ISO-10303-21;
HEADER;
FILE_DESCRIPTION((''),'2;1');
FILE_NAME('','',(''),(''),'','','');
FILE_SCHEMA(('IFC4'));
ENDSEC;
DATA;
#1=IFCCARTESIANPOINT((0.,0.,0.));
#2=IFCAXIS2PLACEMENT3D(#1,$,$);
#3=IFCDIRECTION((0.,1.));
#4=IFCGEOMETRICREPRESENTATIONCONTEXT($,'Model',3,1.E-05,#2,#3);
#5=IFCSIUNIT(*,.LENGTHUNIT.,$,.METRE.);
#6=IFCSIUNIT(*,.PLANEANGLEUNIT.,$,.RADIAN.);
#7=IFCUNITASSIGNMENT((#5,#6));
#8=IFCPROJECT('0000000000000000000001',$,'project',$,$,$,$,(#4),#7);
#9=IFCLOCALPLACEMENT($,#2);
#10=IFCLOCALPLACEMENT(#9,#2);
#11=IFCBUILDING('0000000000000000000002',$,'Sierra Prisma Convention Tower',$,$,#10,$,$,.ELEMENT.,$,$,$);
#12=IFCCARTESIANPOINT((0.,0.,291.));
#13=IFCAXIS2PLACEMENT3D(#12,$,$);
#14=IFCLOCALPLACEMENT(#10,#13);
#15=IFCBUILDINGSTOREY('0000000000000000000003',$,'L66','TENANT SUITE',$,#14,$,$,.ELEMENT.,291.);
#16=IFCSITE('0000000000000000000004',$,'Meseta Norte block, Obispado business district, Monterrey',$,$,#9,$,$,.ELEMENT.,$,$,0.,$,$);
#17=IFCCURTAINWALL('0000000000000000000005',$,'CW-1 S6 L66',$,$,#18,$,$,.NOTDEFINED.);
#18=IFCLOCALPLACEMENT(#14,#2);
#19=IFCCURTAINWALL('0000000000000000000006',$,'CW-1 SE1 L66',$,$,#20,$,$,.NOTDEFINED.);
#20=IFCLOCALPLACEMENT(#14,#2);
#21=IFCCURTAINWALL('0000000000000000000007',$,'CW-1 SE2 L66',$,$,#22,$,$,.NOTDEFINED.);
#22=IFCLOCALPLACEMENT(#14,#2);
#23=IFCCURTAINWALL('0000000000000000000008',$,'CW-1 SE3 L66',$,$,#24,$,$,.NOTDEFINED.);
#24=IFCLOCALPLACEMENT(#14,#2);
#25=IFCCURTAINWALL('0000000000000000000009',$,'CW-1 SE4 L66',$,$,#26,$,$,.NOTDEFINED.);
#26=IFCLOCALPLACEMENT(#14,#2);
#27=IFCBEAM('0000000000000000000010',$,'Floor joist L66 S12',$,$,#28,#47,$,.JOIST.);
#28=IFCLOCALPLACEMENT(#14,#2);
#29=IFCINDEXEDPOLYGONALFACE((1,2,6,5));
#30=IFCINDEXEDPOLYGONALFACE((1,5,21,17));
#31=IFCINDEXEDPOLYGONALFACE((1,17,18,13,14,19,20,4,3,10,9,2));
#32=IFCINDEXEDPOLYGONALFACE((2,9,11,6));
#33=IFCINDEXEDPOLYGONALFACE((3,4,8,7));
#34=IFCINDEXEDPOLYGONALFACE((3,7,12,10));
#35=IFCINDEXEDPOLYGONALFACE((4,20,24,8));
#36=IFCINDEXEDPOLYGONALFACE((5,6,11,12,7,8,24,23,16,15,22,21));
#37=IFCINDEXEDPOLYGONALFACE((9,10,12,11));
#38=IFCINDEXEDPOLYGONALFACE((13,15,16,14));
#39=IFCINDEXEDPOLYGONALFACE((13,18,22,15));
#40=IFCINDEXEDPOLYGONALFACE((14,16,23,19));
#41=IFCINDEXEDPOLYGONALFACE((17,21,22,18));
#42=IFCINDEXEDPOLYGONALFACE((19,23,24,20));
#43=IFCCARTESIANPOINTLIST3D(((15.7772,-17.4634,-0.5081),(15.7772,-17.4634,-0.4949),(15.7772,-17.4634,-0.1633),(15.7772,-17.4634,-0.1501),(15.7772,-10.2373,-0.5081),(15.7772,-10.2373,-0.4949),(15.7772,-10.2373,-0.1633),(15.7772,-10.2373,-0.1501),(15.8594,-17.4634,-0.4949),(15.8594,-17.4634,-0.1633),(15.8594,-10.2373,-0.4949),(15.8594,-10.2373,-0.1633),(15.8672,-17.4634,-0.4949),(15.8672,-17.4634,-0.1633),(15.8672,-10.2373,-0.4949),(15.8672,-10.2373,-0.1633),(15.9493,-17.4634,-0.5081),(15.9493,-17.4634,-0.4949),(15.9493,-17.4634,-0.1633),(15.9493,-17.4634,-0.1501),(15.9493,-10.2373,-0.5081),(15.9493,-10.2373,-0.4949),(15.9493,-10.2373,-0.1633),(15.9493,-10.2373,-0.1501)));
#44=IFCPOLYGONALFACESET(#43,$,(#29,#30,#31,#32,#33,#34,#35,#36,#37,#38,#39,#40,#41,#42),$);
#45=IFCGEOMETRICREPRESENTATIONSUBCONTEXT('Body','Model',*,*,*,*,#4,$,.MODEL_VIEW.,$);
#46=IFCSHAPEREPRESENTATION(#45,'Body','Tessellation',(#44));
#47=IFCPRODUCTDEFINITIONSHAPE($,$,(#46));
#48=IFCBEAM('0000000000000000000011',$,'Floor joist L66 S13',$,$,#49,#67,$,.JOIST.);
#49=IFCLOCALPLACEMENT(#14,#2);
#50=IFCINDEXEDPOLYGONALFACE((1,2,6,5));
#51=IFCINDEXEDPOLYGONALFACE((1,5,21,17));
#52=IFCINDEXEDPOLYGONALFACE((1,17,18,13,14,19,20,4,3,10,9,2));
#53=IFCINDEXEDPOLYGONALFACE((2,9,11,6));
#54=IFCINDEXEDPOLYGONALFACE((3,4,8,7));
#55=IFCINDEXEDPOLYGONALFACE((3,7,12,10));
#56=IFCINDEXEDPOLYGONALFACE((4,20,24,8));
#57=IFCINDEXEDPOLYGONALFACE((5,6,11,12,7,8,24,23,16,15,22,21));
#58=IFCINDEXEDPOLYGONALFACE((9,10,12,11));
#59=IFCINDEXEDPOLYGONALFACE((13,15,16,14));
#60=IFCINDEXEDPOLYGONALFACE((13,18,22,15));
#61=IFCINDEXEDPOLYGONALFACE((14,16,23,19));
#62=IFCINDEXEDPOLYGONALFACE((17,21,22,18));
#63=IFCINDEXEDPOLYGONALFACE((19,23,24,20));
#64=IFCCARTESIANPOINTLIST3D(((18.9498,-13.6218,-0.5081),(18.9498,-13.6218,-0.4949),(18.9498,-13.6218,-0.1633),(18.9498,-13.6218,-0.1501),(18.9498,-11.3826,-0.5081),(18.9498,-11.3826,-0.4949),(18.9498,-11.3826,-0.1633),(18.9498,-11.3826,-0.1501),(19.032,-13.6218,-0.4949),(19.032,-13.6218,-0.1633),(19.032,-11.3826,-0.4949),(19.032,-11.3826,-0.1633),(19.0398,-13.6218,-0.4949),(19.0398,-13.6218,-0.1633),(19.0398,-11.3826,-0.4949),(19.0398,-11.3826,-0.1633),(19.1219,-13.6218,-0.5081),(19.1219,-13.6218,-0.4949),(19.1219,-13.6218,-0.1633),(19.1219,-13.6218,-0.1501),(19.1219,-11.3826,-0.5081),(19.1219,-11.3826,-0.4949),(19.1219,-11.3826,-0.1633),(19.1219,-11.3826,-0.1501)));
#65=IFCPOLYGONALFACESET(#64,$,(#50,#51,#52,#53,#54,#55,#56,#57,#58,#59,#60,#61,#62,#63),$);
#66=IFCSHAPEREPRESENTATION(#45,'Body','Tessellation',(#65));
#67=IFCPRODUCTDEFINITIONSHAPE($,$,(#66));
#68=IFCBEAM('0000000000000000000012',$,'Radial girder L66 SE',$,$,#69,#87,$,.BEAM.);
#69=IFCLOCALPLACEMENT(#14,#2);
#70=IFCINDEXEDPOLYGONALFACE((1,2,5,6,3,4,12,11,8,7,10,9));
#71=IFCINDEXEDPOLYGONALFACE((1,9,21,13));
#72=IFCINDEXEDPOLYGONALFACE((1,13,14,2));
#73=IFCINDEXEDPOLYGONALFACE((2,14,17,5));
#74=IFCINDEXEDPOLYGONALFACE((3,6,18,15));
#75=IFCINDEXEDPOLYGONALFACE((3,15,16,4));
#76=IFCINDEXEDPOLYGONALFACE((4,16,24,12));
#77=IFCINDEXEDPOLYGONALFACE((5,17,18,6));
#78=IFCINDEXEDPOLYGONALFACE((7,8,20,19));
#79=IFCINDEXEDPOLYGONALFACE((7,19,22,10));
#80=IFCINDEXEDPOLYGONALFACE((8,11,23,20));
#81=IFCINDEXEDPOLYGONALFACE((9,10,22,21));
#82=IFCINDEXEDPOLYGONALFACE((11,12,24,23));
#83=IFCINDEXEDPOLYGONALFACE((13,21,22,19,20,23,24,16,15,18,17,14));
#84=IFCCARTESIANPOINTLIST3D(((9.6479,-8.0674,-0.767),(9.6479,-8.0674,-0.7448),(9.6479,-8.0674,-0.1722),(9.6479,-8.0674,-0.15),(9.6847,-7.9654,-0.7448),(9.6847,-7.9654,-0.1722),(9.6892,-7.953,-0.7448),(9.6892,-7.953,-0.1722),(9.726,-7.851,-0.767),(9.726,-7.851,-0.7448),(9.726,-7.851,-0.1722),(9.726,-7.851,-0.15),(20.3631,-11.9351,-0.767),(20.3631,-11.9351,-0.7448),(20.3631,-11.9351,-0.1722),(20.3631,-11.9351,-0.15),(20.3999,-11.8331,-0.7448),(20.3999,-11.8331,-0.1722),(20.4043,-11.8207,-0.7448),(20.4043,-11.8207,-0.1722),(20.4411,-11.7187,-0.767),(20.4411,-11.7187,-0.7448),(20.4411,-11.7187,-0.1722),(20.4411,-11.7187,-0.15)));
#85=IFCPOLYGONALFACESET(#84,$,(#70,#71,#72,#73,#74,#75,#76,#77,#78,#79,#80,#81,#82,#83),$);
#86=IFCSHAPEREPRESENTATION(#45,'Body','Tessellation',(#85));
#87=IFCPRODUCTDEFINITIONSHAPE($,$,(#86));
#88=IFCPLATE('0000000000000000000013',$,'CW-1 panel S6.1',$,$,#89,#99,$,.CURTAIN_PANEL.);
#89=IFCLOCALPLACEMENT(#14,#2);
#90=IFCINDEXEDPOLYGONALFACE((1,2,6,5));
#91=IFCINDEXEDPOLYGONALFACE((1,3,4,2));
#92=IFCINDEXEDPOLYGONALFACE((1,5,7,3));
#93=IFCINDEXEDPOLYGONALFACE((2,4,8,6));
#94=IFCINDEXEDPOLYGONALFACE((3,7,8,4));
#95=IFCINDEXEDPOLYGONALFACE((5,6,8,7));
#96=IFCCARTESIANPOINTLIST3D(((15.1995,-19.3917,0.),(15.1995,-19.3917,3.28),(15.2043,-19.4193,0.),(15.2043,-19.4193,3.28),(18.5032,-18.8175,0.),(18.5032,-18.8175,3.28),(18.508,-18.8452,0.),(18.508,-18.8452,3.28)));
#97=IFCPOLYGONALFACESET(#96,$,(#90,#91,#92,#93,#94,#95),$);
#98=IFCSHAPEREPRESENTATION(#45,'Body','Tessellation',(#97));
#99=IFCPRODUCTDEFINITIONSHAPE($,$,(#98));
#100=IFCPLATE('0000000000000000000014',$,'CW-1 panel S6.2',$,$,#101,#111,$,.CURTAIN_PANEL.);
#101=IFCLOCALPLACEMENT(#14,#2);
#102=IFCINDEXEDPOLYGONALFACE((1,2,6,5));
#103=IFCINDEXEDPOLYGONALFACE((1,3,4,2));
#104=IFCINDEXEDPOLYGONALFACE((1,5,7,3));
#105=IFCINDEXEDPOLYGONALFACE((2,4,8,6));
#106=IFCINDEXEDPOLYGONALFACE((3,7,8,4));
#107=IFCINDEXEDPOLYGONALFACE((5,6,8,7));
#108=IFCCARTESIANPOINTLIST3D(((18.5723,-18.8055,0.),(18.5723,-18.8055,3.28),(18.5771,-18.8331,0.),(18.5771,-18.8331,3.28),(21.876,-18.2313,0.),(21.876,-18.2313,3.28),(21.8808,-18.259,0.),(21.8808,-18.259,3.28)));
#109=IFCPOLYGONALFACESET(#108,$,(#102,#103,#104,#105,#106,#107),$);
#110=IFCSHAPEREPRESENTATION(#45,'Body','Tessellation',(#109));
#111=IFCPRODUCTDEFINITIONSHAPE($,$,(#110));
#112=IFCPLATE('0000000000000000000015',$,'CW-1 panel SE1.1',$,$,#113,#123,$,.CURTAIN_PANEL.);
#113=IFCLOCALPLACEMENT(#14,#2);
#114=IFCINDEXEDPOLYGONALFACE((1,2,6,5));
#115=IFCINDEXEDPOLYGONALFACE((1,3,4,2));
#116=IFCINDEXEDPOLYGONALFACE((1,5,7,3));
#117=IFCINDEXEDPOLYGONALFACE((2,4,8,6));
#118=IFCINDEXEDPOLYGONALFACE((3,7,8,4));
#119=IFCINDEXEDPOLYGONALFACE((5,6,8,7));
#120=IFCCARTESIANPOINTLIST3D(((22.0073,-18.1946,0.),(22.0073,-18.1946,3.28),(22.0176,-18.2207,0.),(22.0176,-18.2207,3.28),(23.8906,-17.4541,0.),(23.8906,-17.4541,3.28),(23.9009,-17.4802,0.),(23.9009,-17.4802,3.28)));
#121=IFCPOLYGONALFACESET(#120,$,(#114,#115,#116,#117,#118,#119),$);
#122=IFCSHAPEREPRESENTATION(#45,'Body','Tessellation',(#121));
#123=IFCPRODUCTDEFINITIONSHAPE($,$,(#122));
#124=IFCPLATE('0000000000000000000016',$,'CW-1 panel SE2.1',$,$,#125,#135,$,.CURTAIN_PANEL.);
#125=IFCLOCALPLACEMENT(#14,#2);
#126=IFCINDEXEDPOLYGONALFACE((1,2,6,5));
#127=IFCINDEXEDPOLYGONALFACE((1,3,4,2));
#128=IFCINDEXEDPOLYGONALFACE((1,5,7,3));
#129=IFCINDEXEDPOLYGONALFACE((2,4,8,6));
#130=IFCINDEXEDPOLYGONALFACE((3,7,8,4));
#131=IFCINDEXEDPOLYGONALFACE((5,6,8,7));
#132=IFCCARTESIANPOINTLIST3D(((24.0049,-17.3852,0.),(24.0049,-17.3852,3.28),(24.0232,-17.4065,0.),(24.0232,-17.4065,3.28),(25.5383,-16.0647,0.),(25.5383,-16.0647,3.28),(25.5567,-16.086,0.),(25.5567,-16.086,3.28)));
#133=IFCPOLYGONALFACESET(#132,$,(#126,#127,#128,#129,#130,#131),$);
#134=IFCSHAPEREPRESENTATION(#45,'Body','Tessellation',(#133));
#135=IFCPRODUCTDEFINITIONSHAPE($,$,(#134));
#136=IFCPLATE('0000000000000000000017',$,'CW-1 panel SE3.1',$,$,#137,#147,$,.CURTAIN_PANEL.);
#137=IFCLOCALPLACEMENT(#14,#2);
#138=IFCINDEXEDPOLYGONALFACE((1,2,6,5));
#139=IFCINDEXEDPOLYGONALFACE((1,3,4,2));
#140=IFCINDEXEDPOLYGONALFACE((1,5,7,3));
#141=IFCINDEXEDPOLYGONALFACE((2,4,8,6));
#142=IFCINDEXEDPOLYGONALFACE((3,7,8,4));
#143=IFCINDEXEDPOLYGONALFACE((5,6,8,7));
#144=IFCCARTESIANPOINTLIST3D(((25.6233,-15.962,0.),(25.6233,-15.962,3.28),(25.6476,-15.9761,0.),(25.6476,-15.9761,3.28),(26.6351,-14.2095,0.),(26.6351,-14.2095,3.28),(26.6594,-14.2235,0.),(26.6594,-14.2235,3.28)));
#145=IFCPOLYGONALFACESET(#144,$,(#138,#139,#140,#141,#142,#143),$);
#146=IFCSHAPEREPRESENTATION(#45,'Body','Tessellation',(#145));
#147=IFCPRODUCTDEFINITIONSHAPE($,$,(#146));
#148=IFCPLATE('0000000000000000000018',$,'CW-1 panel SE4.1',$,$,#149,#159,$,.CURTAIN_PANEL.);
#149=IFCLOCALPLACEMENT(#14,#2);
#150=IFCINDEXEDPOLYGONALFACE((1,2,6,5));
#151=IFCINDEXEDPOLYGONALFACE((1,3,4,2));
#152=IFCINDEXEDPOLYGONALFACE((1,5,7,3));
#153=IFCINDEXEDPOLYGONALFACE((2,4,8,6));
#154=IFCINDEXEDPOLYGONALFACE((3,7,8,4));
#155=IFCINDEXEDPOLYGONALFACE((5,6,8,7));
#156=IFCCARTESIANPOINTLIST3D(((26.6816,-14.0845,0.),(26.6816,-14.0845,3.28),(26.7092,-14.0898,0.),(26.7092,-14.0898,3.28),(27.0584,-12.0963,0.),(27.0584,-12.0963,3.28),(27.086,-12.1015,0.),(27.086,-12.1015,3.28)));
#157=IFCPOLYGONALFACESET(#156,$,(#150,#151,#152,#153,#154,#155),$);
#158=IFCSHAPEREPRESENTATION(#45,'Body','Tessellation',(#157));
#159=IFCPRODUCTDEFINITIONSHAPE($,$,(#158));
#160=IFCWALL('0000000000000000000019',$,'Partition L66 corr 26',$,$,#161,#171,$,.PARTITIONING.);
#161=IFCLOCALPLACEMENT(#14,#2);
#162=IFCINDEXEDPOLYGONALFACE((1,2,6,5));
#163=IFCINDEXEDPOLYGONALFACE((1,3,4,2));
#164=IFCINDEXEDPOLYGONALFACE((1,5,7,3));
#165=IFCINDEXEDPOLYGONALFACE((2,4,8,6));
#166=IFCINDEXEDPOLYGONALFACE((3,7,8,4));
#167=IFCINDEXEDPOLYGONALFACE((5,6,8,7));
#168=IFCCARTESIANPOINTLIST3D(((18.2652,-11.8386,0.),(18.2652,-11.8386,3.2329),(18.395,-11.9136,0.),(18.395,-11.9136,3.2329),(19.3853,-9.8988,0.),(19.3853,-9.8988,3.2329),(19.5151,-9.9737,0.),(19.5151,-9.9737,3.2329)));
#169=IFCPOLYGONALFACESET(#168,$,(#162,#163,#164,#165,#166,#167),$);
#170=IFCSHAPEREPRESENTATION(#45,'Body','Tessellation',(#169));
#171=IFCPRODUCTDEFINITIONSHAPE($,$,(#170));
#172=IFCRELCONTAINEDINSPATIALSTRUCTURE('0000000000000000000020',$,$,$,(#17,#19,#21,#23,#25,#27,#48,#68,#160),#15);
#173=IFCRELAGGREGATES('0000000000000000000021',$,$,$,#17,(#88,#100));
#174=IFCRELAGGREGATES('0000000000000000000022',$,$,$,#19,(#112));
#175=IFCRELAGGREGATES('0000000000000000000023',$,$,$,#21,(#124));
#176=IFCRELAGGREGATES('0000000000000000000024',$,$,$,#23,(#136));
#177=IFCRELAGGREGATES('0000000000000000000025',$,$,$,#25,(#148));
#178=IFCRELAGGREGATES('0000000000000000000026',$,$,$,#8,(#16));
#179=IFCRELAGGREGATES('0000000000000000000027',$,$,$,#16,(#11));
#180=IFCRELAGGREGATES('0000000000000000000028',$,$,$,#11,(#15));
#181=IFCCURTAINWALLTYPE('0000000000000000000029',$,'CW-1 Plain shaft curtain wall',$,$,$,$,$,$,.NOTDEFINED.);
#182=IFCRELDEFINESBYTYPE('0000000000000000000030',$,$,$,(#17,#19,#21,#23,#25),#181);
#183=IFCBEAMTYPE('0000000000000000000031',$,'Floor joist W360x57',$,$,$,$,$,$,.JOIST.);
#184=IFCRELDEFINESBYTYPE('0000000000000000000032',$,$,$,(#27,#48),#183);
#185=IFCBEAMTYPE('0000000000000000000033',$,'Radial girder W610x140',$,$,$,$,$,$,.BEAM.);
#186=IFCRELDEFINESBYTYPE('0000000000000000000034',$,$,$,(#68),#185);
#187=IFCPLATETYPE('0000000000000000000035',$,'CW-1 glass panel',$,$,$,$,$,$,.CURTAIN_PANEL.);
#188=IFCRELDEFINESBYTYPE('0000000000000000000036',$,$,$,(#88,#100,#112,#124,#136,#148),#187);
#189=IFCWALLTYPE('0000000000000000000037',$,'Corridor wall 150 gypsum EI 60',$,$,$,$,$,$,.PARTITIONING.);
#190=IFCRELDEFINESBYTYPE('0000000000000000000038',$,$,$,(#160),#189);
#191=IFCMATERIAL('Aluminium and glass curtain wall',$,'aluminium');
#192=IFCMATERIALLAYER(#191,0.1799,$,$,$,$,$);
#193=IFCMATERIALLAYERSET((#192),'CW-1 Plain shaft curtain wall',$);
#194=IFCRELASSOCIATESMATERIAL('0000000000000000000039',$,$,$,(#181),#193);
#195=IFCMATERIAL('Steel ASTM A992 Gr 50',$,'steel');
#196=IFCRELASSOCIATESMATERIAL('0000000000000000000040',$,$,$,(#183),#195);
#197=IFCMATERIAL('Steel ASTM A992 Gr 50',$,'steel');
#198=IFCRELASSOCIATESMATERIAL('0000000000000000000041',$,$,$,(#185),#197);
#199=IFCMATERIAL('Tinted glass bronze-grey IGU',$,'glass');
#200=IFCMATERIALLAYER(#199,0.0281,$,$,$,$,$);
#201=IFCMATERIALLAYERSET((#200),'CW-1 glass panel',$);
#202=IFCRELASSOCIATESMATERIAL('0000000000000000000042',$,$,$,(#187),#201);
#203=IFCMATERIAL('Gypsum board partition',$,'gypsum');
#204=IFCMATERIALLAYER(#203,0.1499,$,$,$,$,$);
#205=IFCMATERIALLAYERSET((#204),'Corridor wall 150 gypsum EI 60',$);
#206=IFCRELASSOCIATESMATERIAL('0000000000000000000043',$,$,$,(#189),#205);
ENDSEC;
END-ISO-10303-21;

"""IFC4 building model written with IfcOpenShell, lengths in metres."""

from ifc_helpers import new_model, si_unit, direction, frame, frame_2d, origin, origin_2d, place, context, subcontext, project, spatial, rectangle, i_section, extrude, material, layer, layer_set, material_profile, profile_set, type_object, element, aggregate, save


model = new_model("IFC4")

# Units and contexts
model_context = context("Model", 3, precision=1e-05, world=origin(), true_north=direction((0.0, 1.0)))
body_context = subcontext(model_context, "Body", "Model", "MODEL_VIEW")
ifc_project = project(units=[si_unit("LENGTHUNIT", "METRE"), si_unit("PLANEANGLEUNIT", "RADIAN")], contexts=[model_context])

# Site, building, storey
site_placement = place(None, origin())
site = spatial("IfcSite", under=ifc_project, at=site_placement, Name="Meseta Norte block, Obispado business district, Monterrey", CompositionType="ELEMENT", RefElevation=0.0)
building_placement = place(site_placement, origin())
building = spatial("IfcBuilding", under=site, at=building_placement, Name="Sierra Prisma Convention Tower", CompositionType="ELEMENT")
storey_placement = place(building_placement, frame((0.0, 0.0, 291.0)))
storey = spatial("IfcBuildingStorey", under=building, at=storey_placement, Name="L66", Description="TENANT SUITE", CompositionType="ELEMENT", Elevation=291.0)

# Curtain walls
ifc_material_1 = material(Name="Aluminium and glass curtain wall", Category="aluminium")
ifc_layer_1 = layer(ifc_material_1, 0.1799)
ifc_layer_set_1 = layer_set([ifc_layer_1], Name="CW-1 Plain shaft curtain wall")
curtain_wall_type = type_object("IfcCurtainWallType", Name="CW-1 Plain shaft curtain wall", PredefinedType="NOTDEFINED", material=ifc_layer_set_1)
curtain_wall_1_placement = place(storey_placement, origin())
curtain_wall_1 = element("IfcCurtainWall", 1, at=curtain_wall_1_placement, inside=storey, type_object=curtain_wall_type, Name="CW-1 S6 L66", PredefinedType="NOTDEFINED")
curtain_wall_2_placement = place(storey_placement, origin())
curtain_wall_2 = element("IfcCurtainWall", 2, at=curtain_wall_2_placement, inside=storey, type_object=curtain_wall_type, Name="CW-1 SE1 L66", PredefinedType="NOTDEFINED")
curtain_wall_3_placement = place(storey_placement, origin())
curtain_wall_3 = element("IfcCurtainWall", 3, at=curtain_wall_3_placement, inside=storey, type_object=curtain_wall_type, Name="CW-1 SE2 L66", PredefinedType="NOTDEFINED")
curtain_wall_4_placement = place(storey_placement, origin())
curtain_wall_4 = element("IfcCurtainWall", 4, at=curtain_wall_4_placement, inside=storey, type_object=curtain_wall_type, Name="CW-1 SE3 L66", PredefinedType="NOTDEFINED")
curtain_wall_5_placement = place(storey_placement, origin())
curtain_wall_5 = element("IfcCurtainWall", 5, at=curtain_wall_5_placement, inside=storey, type_object=curtain_wall_type, Name="CW-1 SE4 L66", PredefinedType="NOTDEFINED")

# Beams
ifc_material_2 = material(Name="Steel ASTM A992 Gr 50", Category="steel")
ifc_material_profile_1 = material_profile(ifc_material_2, i_section(OverallWidth=0.1721, OverallDepth=0.3579, WebThickness=0.0078, FlangeThickness=0.0132, at=origin_2d()), Name="W360x57")
ifc_profile_set_1 = profile_set([ifc_material_profile_1], Name="Steel ASTM A992 Gr 50")
beam_type_1 = type_object("IfcBeamType", Name="Floor joist W360x57", PredefinedType="JOIST", material=ifc_profile_set_1)
beam_1_placement = place(storey_placement, frame((15.8633, -17.4634, -0.3291), z_axis=(0.0, 1.0, 0.0), x_axis=(-1.0, 0.0, 0.0)))
element("IfcBeam", 6, at=beam_1_placement, inside=storey, type_object=beam_type_1, Name="Floor joist L66 S12", PredefinedType="JOIST", context=body_context, shape_type="SweptSolid", body=[
    extrude(i_section(OverallWidth=0.1721, OverallDepth=0.3579, WebThickness=0.0078, FlangeThickness=0.0132, at=origin_2d()), origin(), (0.0, 0.0, 1.0), 7.2261),
])
beam_2_placement = place(storey_placement, frame((19.0359, -13.6218, -0.3291), z_axis=(0.0, 1.0, 0.0), x_axis=(-1.0, 0.0, 0.0)))
element("IfcBeam", 7, at=beam_2_placement, inside=storey, type_object=beam_type_1, Name="Floor joist L66 S13", PredefinedType="JOIST", context=body_context, shape_type="SweptSolid", body=[
    extrude(i_section(OverallWidth=0.1721, OverallDepth=0.3579, WebThickness=0.0078, FlangeThickness=0.0132, at=origin_2d()), origin(), (0.0, 0.0, 1.0), 2.2393),
])
ifc_material_3 = material(Name="Steel ASTM A992 Gr 50", Category="steel")
ifc_material_profile_2 = material_profile(ifc_material_3, i_section(OverallWidth=0.23, OverallDepth=0.6169, WebThickness=0.0132, FlangeThickness=0.0222, at=origin_2d()), Name="W610x140")
ifc_profile_set_2 = profile_set([ifc_material_profile_2], Name="Steel ASTM A992 Gr 50")
beam_type_2 = type_object("IfcBeamType", Name="Radial girder W610x140", PredefinedType="BEAM", material=ifc_profile_set_2)
beam_3_placement = place(storey_placement, frame((20.4021, -11.8269, -0.4585), z_axis=(-0.9406, 0.339515, 0.0), x_axis=(-0.339515, -0.9406, 0.0)))
element("IfcBeam", 8, at=beam_3_placement, inside=storey, type_object=beam_type_2, Name="Radial girder L66 SE", PredefinedType="BEAM", context=body_context, shape_type="SweptSolid", body=[
    extrude(i_section(OverallWidth=0.23, OverallDepth=0.6169, WebThickness=0.0132, FlangeThickness=0.0222, at=origin_2d()), origin(), (0.0, 0.0, 1.0), 11.3918),
])

# Plates
ifc_material_4 = material(Name="Tinted glass bronze-grey IGU", Category="glass")
ifc_layer_2 = layer(ifc_material_4, 0.0281)
ifc_layer_set_2 = layer_set([ifc_layer_2], Name="CW-1 glass panel")
plate_type = type_object("IfcPlateType", Name="CW-1 glass panel", PredefinedType="CURTAIN_PANEL", material=ifc_layer_set_2)
plate_1_placement = place(storey_placement, frame((16.8538, -19.1184, 0.0), z_axis=(0.0, 0.0, 1.0), x_axis=(0.985233, 0.171222, 0.0)))
plate_1 = element("IfcPlate", 9, at=plate_1_placement, type_object=plate_type, Name="CW-1 panel S6.1", PredefinedType="CURTAIN_PANEL", context=body_context, shape_type="SweptSolid", body=[
    extrude(rectangle(XDim=3.3533, YDim=0.0281, at=origin_2d()), origin(), (0.0, 0.0, 1.0), 3.28),
])
plate_2_placement = place(storey_placement, frame((20.2266, -18.5322, 0.0), z_axis=(0.0, 0.0, 1.0), x_axis=(0.985233, 0.171222, 0.0)))
plate_2 = element("IfcPlate", 10, at=plate_2_placement, type_object=plate_type, Name="CW-1 panel S6.2", PredefinedType="CURTAIN_PANEL", context=body_context, shape_type="SweptSolid", body=[
    extrude(rectangle(XDim=3.3533, YDim=0.0281, at=origin_2d()), origin(), (0.0, 0.0, 1.0), 3.28),
])
aggregate(curtain_wall_1, [plate_1, plate_2])
plate_3_placement = place(storey_placement, frame((22.9541, -17.8374, 0.0), z_axis=(0.0, 0.0, 1.0), x_axis=(0.930644, 0.365925, 0.0)))
plate_3 = element("IfcPlate", 11, at=plate_3_placement, type_object=plate_type, Name="CW-1 panel SE1.1", PredefinedType="CURTAIN_PANEL", context=body_context, shape_type="SweptSolid", body=[
    extrude(rectangle(XDim=2.0237, YDim=0.0281, at=origin_2d()), origin(), (0.0, 0.0, 1.0), 3.28),
])
aggregate(curtain_wall_2, [plate_3])
plate_4_placement = place(storey_placement, frame((24.7808, -16.7356, 0.0), z_axis=(0.0, 0.0, 1.0), x_axis=(0.757767, 0.652525, 0.0)))
plate_4 = element("IfcPlate", 12, at=plate_4_placement, type_object=plate_type, Name="CW-1 panel SE2.1", PredefinedType="CURTAIN_PANEL", context=body_context, shape_type="SweptSolid", body=[
    extrude(rectangle(XDim=2.0237, YDim=0.0281, at=origin_2d()), origin(), (0.0, 0.0, 1.0), 3.28),
])
aggregate(curtain_wall_3, [plate_4])
plate_5_placement = place(storey_placement, frame((26.1414, -15.0928, 0.0), z_axis=(0.0, 0.0, 1.0), x_axis=(0.5, 0.866025, 0.0)))
plate_5 = element("IfcPlate", 13, at=plate_5_placement, type_object=plate_type, Name="CW-1 panel SE3.1", PredefinedType="CURTAIN_PANEL", context=body_context, shape_type="SweptSolid", body=[
    extrude(rectangle(XDim=2.0237, YDim=0.0281, at=origin_2d()), origin(), (0.0, 0.0, 1.0), 3.28),
])
aggregate(curtain_wall_4, [plate_5])
plate_6_placement = place(storey_placement, frame((26.8838, -13.093, 0.0), z_axis=(0.0, 0.0, 1.0), x_axis=(0.18622, 0.982508, 0.0)))
plate_6 = element("IfcPlate", 14, at=plate_6_placement, type_object=plate_type, Name="CW-1 panel SE4.1", PredefinedType="CURTAIN_PANEL", context=body_context, shape_type="SweptSolid", body=[
    extrude(rectangle(XDim=2.0237, YDim=0.0281, at=origin_2d()), origin(), (0.0, 0.0, 1.0), 3.28),
])
aggregate(curtain_wall_5, [plate_6])

# Wall
ifc_material_5 = material(Name="Gypsum board partition", Category="gypsum")
ifc_layer_3 = layer(ifc_material_5, 0.1499)
ifc_layer_set_3 = layer_set([ifc_layer_3], Name="Corridor wall 150 gypsum EI 60")
wall_type = type_object("IfcWallType", Name="Corridor wall 150 gypsum EI 60", PredefinedType="PARTITIONING", material=ifc_layer_set_3)
wall_placement = place(storey_placement, frame((18.3301, -11.8762, 0.0), z_axis=(0.0, 0.0, 1.0), x_axis=(0.500031, 0.866008, 0.0)))
element("IfcWall", 15, at=wall_placement, inside=storey, type_object=wall_type, Name="Partition L66 corr 26", PredefinedType="PARTITIONING", context=body_context, shape_type="SweptSolid", body=[
    extrude(rectangle(XDim=2.24, YDim=0.1499, at=frame_2d((1.1201, 0.0))), origin(), (0.0, 0.0, 1.0), 3.2329),
])

save(model, "model.ifc")
